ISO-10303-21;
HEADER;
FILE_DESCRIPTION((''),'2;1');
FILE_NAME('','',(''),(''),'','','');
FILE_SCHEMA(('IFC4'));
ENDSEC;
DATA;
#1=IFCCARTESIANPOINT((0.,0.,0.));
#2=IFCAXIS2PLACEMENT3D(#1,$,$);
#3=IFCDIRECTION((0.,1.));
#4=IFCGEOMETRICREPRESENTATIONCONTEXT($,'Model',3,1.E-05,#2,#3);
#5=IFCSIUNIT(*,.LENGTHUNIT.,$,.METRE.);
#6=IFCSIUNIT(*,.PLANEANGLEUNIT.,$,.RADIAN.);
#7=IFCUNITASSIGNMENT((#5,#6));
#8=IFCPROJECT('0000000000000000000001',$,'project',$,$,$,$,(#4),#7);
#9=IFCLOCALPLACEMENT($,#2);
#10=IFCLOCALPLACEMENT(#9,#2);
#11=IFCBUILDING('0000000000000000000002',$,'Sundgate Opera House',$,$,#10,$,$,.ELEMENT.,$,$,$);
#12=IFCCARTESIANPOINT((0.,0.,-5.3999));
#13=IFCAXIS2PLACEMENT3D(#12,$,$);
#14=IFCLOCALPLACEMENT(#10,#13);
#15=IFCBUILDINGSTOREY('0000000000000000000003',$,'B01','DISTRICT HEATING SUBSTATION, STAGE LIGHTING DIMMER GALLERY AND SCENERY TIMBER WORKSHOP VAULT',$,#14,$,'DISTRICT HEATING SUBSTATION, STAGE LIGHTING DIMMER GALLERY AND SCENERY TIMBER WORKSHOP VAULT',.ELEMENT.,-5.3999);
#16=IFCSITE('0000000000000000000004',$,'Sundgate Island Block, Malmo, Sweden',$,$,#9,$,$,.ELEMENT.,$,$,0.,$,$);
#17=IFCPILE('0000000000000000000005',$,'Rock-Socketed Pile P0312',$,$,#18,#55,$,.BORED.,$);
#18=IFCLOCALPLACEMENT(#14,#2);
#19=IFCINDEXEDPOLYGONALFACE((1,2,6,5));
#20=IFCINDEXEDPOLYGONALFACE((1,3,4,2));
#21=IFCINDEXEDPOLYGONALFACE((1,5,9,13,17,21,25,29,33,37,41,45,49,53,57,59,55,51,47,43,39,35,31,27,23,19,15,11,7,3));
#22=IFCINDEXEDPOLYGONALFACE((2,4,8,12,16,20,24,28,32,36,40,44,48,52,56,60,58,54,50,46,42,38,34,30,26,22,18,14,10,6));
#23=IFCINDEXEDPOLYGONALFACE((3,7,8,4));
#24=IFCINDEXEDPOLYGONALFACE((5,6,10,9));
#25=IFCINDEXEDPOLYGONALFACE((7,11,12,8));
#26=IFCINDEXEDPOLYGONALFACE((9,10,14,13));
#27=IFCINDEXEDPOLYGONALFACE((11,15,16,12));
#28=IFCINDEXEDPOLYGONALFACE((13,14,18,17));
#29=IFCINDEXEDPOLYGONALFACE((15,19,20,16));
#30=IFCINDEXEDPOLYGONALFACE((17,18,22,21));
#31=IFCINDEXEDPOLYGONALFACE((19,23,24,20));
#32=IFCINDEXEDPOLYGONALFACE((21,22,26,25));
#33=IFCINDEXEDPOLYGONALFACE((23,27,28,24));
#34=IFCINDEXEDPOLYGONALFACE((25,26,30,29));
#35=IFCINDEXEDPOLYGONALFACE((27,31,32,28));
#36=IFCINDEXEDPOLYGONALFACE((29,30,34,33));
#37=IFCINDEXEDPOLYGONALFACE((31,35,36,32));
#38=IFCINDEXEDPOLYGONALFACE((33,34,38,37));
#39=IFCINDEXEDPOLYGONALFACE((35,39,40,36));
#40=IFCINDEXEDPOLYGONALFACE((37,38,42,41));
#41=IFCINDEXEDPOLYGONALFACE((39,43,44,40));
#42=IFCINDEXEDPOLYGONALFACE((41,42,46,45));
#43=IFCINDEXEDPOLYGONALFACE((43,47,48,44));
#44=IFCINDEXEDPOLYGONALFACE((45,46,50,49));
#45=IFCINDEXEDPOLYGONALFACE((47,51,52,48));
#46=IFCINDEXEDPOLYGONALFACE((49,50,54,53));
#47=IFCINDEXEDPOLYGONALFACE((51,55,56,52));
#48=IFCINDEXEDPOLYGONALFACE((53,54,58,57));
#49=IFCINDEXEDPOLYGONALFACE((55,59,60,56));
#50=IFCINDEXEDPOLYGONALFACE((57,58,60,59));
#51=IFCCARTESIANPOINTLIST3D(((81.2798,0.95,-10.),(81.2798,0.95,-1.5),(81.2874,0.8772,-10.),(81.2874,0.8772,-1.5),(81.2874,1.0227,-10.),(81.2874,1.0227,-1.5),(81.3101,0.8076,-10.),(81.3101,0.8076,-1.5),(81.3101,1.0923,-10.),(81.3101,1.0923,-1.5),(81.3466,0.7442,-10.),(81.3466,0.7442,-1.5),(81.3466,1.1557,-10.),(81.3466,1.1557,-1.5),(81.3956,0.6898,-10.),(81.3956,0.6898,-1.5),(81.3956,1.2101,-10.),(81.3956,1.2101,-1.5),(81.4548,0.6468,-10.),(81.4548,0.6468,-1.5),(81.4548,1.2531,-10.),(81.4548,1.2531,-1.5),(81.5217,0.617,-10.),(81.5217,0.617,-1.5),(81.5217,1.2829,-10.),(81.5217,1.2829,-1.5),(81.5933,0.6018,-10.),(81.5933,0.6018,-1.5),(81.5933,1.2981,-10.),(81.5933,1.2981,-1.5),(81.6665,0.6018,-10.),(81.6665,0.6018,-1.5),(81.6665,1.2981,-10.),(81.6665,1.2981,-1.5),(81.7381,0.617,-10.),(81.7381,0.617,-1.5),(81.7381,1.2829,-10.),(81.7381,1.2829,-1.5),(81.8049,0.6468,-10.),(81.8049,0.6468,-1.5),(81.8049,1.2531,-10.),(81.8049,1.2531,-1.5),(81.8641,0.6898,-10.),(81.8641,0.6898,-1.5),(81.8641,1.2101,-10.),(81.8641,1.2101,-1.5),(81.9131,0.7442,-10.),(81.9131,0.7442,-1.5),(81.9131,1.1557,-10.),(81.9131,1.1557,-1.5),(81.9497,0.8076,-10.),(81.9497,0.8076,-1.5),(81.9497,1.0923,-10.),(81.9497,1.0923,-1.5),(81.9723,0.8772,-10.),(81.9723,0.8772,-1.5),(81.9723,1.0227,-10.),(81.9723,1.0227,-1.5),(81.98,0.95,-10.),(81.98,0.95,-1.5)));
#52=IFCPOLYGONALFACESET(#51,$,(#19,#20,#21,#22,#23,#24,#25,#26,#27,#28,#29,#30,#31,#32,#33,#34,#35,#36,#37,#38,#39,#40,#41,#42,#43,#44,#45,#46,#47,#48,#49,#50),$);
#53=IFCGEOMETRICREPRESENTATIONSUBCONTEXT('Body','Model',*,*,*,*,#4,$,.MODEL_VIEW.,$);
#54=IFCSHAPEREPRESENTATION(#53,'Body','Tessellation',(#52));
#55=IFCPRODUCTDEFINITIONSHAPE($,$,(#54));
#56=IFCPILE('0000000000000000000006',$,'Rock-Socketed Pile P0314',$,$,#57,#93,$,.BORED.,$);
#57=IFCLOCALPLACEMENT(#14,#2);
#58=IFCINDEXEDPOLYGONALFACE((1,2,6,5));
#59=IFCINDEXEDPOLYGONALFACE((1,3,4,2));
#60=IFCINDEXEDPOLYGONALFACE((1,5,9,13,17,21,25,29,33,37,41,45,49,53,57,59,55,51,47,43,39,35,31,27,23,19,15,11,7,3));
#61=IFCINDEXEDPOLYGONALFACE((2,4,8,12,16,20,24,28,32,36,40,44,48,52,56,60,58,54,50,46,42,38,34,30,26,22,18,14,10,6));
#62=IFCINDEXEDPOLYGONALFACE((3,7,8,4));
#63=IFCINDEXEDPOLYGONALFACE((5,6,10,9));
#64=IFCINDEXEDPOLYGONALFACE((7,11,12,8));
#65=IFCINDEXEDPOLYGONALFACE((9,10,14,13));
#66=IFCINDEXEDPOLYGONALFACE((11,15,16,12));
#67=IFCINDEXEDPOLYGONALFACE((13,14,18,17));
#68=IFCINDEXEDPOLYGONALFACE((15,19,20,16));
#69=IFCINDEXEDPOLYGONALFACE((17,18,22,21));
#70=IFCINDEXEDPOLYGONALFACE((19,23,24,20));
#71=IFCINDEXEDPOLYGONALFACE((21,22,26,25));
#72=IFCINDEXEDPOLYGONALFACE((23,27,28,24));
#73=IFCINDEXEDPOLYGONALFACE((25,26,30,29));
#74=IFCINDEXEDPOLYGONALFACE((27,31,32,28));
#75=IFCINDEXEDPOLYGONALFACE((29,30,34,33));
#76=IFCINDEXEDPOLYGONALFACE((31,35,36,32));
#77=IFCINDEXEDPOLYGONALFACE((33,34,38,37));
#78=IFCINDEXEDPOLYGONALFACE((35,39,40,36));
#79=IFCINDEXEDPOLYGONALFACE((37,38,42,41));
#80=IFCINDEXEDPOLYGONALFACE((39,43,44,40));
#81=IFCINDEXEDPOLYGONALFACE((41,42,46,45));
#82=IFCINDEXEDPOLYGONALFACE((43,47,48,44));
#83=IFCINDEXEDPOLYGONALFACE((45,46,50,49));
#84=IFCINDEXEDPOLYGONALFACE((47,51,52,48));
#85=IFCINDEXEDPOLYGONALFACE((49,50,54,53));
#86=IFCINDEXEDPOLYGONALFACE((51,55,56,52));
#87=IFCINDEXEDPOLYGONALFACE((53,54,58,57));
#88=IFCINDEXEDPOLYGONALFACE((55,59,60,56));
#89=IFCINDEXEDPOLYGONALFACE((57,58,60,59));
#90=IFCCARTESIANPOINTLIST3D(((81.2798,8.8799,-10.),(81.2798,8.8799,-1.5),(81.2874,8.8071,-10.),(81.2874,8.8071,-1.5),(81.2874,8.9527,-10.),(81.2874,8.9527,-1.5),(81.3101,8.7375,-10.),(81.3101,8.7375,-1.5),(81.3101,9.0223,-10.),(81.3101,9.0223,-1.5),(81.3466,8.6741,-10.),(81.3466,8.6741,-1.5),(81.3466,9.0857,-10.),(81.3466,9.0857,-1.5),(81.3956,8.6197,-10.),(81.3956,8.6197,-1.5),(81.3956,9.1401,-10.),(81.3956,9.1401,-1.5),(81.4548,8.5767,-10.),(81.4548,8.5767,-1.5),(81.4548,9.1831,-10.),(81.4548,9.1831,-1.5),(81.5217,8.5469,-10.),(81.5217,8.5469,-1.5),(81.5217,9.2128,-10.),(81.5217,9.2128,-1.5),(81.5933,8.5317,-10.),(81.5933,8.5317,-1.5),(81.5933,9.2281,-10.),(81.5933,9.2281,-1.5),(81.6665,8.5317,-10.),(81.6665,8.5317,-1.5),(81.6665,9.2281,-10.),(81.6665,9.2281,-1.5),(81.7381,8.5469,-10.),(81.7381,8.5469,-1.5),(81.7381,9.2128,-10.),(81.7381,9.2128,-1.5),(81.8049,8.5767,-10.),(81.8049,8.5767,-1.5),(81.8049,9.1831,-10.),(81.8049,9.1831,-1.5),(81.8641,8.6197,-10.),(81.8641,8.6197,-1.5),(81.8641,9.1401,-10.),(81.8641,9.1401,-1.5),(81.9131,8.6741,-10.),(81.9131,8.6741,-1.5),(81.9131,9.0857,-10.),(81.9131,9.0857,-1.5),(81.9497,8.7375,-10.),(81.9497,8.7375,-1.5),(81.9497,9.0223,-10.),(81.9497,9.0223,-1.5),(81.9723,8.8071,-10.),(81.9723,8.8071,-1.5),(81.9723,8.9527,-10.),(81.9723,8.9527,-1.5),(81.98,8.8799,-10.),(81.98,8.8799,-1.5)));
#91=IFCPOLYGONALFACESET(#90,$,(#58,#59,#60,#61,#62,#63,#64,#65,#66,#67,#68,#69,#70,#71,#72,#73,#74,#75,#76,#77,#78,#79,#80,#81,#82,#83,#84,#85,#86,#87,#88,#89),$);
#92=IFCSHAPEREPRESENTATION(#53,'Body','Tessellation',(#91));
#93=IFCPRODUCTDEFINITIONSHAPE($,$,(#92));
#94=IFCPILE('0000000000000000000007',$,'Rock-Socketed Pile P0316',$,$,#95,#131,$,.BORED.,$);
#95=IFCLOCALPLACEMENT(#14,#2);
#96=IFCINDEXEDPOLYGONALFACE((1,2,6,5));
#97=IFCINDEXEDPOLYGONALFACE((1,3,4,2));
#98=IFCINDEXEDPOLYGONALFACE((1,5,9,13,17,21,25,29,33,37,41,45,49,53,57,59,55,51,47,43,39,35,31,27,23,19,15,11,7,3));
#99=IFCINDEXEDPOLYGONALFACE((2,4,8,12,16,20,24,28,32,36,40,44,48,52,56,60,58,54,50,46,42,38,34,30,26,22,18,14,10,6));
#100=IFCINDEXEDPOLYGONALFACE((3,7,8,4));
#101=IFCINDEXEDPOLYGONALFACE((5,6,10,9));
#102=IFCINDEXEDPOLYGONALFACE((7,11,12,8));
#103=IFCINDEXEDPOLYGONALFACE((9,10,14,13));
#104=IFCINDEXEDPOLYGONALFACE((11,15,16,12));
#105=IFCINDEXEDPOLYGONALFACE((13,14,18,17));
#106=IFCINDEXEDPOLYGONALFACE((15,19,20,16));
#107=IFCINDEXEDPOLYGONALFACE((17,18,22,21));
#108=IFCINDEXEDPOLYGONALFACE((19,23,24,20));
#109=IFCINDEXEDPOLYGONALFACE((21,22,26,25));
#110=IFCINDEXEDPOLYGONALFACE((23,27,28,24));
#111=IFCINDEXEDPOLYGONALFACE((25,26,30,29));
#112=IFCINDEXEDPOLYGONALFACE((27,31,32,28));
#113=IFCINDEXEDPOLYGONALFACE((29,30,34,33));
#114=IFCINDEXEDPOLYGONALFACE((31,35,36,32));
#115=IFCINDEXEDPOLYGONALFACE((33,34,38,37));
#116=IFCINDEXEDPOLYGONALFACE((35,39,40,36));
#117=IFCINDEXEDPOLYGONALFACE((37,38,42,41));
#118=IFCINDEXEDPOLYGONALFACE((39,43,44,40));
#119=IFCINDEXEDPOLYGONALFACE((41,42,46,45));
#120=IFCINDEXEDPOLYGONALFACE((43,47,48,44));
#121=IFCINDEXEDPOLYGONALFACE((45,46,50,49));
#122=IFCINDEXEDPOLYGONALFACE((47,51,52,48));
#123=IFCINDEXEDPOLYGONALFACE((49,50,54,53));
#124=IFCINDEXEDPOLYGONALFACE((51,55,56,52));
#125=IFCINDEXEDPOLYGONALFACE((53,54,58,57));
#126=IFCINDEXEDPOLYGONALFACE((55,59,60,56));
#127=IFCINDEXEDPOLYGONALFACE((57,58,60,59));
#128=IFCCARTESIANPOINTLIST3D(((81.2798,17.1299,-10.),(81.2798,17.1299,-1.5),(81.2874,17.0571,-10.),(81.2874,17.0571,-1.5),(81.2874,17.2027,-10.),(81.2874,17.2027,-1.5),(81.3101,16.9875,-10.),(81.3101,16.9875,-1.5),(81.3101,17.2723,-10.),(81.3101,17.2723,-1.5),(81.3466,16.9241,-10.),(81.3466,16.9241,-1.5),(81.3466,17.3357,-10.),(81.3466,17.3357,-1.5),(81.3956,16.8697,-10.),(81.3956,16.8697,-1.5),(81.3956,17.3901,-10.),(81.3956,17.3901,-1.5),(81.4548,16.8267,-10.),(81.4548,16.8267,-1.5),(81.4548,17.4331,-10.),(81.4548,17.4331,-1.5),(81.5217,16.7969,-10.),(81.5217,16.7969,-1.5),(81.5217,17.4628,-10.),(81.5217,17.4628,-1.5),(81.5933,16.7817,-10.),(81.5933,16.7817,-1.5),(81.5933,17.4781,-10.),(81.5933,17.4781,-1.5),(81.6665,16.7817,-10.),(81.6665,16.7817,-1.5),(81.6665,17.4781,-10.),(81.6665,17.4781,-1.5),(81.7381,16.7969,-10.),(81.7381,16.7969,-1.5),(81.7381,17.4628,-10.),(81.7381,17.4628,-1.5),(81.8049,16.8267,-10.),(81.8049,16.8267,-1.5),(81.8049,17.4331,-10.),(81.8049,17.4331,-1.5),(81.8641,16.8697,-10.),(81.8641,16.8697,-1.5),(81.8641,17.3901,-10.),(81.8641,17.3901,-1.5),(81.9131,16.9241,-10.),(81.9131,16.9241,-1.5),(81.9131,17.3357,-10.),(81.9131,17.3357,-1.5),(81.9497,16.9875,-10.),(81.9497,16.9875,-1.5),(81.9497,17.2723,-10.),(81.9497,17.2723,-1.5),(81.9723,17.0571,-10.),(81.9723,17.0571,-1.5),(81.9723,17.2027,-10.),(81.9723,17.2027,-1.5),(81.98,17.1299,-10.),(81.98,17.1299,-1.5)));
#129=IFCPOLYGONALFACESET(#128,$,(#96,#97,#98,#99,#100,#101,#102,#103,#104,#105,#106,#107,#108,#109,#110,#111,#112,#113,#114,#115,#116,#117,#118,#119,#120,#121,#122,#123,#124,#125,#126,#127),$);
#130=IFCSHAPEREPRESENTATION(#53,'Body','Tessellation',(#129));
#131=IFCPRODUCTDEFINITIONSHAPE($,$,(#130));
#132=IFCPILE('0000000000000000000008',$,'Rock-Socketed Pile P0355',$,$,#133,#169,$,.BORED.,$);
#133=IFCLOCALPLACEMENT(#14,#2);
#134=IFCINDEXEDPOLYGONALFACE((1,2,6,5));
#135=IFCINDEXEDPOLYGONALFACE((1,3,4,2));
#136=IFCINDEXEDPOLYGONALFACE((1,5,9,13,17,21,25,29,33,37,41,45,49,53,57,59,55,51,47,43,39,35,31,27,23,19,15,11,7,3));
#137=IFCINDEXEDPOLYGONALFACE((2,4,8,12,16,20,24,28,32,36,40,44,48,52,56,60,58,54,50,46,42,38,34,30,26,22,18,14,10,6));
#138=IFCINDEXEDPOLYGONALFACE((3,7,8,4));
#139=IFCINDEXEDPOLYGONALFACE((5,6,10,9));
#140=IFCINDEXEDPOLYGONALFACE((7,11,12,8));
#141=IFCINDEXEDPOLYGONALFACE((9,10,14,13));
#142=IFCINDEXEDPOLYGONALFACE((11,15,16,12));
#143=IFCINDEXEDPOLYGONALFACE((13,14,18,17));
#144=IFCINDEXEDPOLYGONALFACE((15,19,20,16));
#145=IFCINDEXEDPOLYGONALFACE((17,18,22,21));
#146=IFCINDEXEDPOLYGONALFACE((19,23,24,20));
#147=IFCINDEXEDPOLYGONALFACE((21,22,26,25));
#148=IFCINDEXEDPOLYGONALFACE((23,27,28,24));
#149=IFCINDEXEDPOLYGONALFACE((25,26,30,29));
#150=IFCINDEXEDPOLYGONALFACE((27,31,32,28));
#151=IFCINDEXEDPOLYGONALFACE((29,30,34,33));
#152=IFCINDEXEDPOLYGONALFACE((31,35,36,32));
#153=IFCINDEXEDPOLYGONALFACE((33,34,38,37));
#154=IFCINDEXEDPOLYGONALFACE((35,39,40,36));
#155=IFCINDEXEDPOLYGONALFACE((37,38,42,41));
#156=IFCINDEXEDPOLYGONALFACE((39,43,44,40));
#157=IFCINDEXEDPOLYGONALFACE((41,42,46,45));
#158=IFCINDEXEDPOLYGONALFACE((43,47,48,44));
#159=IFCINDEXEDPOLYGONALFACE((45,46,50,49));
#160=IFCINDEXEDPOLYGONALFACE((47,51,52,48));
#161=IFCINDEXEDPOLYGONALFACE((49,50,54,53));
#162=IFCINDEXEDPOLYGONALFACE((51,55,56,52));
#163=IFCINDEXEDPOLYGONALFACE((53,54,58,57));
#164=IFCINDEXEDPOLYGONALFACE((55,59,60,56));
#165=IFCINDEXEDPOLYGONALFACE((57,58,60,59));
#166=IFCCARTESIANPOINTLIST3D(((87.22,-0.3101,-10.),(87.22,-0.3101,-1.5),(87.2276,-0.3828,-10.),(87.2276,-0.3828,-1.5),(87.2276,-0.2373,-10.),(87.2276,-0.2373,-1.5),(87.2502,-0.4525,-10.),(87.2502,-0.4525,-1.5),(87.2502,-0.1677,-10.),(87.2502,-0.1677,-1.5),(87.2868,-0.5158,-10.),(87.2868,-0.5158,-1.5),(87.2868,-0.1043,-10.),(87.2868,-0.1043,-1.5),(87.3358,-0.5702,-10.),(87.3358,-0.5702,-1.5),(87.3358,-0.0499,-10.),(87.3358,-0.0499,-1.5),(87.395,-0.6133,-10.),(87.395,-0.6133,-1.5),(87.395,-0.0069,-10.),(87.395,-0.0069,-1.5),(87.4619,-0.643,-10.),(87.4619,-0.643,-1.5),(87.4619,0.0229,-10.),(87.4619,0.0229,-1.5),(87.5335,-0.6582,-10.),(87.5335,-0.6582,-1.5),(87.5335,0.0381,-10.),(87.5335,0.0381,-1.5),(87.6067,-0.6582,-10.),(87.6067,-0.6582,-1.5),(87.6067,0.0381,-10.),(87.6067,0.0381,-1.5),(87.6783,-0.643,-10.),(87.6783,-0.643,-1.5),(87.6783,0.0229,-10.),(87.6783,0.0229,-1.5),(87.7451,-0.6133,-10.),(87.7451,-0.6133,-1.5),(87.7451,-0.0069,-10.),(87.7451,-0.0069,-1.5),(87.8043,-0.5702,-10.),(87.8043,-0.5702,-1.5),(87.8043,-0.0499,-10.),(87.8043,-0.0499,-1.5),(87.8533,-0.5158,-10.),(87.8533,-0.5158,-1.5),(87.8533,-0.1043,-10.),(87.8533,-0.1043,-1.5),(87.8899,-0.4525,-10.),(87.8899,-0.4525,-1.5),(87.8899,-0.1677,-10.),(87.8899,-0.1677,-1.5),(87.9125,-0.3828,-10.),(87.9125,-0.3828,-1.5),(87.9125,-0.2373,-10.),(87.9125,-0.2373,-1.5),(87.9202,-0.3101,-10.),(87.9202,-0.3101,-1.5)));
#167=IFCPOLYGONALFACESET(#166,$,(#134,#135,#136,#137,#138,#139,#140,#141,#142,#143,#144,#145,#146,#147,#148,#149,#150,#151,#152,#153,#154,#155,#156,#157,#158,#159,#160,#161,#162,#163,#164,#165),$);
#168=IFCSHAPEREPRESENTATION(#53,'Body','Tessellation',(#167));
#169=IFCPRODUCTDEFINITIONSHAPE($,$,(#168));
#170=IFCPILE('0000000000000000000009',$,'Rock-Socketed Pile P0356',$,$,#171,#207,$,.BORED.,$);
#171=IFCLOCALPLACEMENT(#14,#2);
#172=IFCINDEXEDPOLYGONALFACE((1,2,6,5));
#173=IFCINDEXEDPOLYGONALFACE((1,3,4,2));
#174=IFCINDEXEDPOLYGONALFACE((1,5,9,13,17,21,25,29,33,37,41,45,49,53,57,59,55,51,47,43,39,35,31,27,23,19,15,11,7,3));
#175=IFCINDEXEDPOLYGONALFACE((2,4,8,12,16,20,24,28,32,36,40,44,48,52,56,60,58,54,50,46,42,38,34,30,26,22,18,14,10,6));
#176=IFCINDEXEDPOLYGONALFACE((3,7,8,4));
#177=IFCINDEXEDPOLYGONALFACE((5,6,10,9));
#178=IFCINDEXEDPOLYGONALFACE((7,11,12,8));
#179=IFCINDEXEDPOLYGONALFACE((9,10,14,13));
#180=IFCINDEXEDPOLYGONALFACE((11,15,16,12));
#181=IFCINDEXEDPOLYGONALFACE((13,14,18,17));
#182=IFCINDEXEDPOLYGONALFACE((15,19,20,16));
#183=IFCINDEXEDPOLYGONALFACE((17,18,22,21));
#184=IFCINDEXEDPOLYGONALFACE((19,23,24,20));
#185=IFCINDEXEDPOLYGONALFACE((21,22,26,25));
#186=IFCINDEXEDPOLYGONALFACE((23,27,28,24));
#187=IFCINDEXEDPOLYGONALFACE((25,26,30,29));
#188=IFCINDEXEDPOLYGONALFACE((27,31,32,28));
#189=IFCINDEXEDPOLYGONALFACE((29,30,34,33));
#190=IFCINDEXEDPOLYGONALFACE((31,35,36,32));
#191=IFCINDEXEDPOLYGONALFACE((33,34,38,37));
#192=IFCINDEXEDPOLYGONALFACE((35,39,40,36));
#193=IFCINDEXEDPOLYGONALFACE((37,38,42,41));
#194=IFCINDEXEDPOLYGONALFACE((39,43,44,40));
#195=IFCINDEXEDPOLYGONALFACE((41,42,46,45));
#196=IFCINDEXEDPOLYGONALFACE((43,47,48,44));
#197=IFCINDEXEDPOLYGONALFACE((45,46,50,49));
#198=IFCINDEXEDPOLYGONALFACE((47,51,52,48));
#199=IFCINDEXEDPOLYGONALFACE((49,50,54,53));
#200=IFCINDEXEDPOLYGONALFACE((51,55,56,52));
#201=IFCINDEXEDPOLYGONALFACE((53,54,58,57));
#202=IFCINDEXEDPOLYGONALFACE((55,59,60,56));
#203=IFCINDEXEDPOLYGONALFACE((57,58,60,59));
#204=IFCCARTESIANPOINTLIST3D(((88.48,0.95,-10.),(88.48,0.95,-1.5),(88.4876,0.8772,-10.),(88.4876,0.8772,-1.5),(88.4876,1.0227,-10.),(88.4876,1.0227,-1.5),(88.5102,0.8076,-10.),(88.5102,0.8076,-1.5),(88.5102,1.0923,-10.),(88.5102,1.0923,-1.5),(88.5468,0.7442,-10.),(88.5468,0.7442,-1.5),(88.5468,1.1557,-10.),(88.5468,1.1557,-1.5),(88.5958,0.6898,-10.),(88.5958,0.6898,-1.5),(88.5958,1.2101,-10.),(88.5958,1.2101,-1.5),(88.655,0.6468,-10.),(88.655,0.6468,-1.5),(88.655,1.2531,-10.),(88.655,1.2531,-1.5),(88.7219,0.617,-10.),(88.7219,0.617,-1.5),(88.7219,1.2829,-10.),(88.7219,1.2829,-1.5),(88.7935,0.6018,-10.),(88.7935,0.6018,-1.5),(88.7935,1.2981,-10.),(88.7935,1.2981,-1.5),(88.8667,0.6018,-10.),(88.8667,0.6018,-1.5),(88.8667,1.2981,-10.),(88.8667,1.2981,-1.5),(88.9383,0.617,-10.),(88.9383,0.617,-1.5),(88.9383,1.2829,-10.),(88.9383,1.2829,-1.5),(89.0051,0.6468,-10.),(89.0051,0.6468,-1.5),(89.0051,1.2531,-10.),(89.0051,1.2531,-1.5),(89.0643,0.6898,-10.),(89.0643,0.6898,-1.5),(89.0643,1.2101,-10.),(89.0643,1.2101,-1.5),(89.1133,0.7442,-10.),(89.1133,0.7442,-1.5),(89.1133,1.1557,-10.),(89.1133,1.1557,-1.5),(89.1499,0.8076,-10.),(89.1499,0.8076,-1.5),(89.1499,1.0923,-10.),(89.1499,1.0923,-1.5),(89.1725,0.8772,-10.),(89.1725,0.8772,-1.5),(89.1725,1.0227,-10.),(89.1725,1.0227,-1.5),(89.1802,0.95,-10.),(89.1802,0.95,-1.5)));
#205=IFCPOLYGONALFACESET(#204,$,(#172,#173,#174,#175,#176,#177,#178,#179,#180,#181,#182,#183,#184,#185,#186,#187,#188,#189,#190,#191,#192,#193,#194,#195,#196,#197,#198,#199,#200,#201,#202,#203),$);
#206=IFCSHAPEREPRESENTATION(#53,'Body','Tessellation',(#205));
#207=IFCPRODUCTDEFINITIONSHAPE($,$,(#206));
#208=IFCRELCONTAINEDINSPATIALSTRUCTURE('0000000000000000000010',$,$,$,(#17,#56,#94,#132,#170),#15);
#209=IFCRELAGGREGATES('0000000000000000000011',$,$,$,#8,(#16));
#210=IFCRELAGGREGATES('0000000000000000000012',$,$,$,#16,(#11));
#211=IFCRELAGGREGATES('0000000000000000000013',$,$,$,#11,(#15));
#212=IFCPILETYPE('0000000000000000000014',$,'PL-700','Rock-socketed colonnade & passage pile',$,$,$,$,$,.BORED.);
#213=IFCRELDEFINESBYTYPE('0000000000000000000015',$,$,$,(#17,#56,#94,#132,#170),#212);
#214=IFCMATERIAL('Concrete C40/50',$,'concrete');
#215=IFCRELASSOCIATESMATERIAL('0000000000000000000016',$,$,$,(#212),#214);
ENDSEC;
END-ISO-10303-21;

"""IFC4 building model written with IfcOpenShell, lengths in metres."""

from ifc_helpers import new_model, si_unit, direction, frame, origin, origin_2d, place, context, subcontext, project, spatial, circle, extrude, material, material_profile, profile_set, type_object, element, save


model = new_model("IFC4")

# Units and contexts
model_context = context("Model", 3, precision=1e-05, world=origin(), true_north=direction((0.0, 1.0)))
body_context = subcontext(model_context, "Body", "Model", "MODEL_VIEW")
ifc_project = project(units=[si_unit("LENGTHUNIT", "METRE"), si_unit("PLANEANGLEUNIT", "RADIAN")], contexts=[model_context])

# Site, building, storey
site_placement = place(None, origin())
site = spatial("IfcSite", under=ifc_project, at=site_placement, Name="Sundgate Island Block, Malmo, Sweden", CompositionType="ELEMENT", RefElevation=0.0)
building_placement = place(site_placement, origin())
building = spatial("IfcBuilding", under=site, at=building_placement, Name="Sundgate Opera House", CompositionType="ELEMENT")
storey_placement = place(building_placement, frame((0.0, 0.0, -5.3999)))
storey = spatial("IfcBuildingStorey", under=building, at=storey_placement, Name="B01", Description="DISTRICT HEATING SUBSTATION, STAGE LIGHTING DIMMER GALLERY AND SCENERY TIMBER WORKSHOP VAULT", LongName="DISTRICT HEATING SUBSTATION, STAGE LIGHTING DIMMER GALLERY AND SCENERY TIMBER WORKSHOP VAULT", CompositionType="ELEMENT", Elevation=-5.3999)

# Piles
ifc_material_1 = material(Name="Concrete C40/50", Category="concrete")
ifc_material_profile_1 = material_profile(ifc_material_1, circle(Radius=0.3501, at=origin_2d()), Name="PILE D700")
ifc_profile_set_1 = profile_set([ifc_material_profile_1], Name="Concrete C40/50")
pile_type_1 = type_object("IfcPileType", Name="PL-700", Description="Rock-socketed colonnade & passage pile", PredefinedType="BORED", material=ifc_profile_set_1)
for number, where, z_axis, x_axis, name in (
    (1, (81.6299, 0.95, -1.5), (0.0, 0.0, -1.0), (1.0, 0.0, 0.0), "Rock-Socketed Pile P0312"),
    (2, (81.6299, 8.8799, -1.5), (0.0, 0.0, -1.0), (1.0, 0.0, 0.0), "Rock-Socketed Pile P0314"),
    (3, (81.6299, 17.1299, -1.5), (0.0, 0.0, -1.0), (1.0, 0.0, 0.0), "Rock-Socketed Pile P0316"),
    (4, (87.5701, -0.3101, -1.5), (0.0, 0.0, -1.0), (1.0, 0.0, 0.0), "Rock-Socketed Pile P0355"),
    (5, (88.8301, 0.95, -1.5), (0.0, 0.0, -1.0), (1.0, 0.0, 0.0), "Rock-Socketed Pile P0356"),
):
    element("IfcPile", number, at=place(storey_placement, frame(where, z_axis=z_axis, x_axis=x_axis)), inside=storey, type_object=pile_type_1, Name=name, PredefinedType="BORED", context=body_context, shape_type="SweptSolid", body=[
        extrude(circle(Radius=0.3501, at=origin_2d()), origin(), (0.0, 0.0, 1.0), 8.5),
    ])

save(model, "model.ifc")
